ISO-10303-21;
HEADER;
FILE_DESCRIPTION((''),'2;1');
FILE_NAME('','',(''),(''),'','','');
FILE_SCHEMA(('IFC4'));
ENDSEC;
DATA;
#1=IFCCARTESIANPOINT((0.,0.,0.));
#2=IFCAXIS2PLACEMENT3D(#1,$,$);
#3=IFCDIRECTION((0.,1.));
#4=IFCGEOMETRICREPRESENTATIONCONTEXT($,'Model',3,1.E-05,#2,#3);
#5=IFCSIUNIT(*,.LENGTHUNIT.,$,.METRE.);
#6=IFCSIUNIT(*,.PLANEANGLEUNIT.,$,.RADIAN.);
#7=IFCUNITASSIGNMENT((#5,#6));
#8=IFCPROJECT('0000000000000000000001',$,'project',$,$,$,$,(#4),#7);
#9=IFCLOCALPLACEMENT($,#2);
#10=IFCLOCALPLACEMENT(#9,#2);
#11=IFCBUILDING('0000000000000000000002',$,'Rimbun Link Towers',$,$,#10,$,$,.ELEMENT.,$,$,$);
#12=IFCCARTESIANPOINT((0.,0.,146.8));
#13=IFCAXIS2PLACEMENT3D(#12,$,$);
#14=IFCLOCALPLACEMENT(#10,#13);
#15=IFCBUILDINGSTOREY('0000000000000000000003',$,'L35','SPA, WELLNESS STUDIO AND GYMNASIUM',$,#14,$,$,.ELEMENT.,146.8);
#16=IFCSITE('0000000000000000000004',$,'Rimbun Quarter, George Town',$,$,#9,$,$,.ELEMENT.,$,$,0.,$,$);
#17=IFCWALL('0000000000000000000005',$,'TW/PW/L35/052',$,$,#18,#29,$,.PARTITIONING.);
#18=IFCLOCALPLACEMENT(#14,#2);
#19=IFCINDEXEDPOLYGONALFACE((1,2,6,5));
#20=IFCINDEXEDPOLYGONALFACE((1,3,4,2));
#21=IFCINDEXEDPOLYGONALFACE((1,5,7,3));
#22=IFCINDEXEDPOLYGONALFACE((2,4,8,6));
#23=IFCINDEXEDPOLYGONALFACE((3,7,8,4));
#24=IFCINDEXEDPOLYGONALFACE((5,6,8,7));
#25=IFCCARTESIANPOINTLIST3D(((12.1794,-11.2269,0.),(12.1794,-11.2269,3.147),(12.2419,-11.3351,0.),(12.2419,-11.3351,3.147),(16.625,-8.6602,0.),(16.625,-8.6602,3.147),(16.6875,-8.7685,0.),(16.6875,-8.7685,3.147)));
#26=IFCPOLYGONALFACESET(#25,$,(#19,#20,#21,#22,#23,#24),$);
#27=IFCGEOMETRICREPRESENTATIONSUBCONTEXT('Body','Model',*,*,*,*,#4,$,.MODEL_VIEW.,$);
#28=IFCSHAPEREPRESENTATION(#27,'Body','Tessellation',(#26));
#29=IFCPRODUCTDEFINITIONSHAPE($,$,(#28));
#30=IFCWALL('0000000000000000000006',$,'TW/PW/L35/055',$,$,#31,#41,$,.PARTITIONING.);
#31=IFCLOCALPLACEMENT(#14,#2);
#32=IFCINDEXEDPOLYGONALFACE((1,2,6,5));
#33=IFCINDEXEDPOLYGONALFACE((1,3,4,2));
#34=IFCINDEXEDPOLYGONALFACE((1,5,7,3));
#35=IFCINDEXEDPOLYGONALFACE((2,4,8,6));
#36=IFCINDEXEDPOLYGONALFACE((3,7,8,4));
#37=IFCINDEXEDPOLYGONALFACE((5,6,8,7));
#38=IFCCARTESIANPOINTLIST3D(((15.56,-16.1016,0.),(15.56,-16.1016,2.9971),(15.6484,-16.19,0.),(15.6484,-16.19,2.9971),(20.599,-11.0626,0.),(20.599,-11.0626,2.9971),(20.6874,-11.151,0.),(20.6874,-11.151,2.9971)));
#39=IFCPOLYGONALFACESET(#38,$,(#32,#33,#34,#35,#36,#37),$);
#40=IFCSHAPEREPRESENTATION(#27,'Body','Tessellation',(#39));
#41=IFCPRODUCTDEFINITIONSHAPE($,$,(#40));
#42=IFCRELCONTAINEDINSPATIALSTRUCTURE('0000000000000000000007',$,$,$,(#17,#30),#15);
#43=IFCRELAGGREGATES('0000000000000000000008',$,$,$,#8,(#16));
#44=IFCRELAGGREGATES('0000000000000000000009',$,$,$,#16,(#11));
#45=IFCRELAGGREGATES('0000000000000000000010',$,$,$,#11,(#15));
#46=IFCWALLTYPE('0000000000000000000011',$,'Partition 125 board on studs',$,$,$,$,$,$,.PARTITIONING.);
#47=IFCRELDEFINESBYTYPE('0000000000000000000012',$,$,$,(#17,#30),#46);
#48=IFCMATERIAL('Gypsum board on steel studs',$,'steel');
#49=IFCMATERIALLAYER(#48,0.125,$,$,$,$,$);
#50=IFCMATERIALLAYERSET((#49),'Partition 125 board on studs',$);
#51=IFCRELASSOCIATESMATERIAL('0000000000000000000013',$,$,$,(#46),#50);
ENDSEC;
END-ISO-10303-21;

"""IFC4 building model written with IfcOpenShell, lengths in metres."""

from ifc_helpers import new_model, si_unit, direction, frame, frame_2d, origin, place, context, subcontext, project, spatial, rectangle, extrude, material, layer, layer_set, type_object, element, save


model = new_model("IFC4")

# Units and contexts
model_context = context("Model", 3, precision=1e-05, world=origin(), true_north=direction((0.0, 1.0)))
body_context = subcontext(model_context, "Body", "Model", "MODEL_VIEW")
ifc_project = project(units=[si_unit("LENGTHUNIT", "METRE"), si_unit("PLANEANGLEUNIT", "RADIAN")], contexts=[model_context])

# Site, building, storey
site_placement = place(None, origin())
site = spatial("IfcSite", under=ifc_project, at=site_placement, Name="Rimbun Quarter, George Town", CompositionType="ELEMENT", RefElevation=0.0)
building_placement = place(site_placement, origin())
building = spatial("IfcBuilding", under=site, at=building_placement, Name="Rimbun Link Towers", CompositionType="ELEMENT")
storey_placement = place(building_placement, frame((0.0, 0.0, 146.8)))
storey = spatial("IfcBuildingStorey", under=building, at=storey_placement, Name="L35", Description="SPA, WELLNESS STUDIO AND GYMNASIUM", CompositionType="ELEMENT", Elevation=146.8)

# Walls
ifc_material_1 = material(Name="Gypsum board on steel studs", Category="steel")
ifc_layer_1 = layer(ifc_material_1, 0.125)
ifc_layer_set_1 = layer_set([ifc_layer_1], Name="Partition 125 board on studs")
wall_type_1 = type_object("IfcWallType", Name="Partition 125 board on studs", PredefinedType="PARTITIONING", material=ifc_layer_set_1)
wall_1_placement = place(storey_placement, frame((12.2107, -11.281, 0.0), z_axis=(0.0, 0.0, 1.0), x_axis=(0.866025, 0.500001, 0.0)))
element("IfcWall", 1, at=wall_1_placement, inside=storey, type_object=wall_type_1, Name="TW/PW/L35/052", PredefinedType="PARTITIONING", context=body_context, shape_type="SweptSolid", body=[
    extrude(rectangle(XDim=5.1333, YDim=0.125, at=frame_2d((2.5667, 0.0))), origin(), (0.0, 0.0, 1.0), 3.147),
])
wall_2_placement = place(storey_placement, frame((15.6042, -16.1458, 0.0), z_axis=(0.0, 0.0, 1.0), x_axis=(0.707107, 0.707107, 0.0)))
element("IfcWall", 2, at=wall_2_placement, inside=storey, type_object=wall_type_1, Name="TW/PW/L35/055", PredefinedType="PARTITIONING", context=body_context, shape_type="SweptSolid", body=[
    extrude(rectangle(XDim=7.1262, YDim=0.125, at=frame_2d((3.563, 0.0))), origin(), (0.0, 0.0, 1.0), 2.9971),
])

save(model, "model.ifc")
